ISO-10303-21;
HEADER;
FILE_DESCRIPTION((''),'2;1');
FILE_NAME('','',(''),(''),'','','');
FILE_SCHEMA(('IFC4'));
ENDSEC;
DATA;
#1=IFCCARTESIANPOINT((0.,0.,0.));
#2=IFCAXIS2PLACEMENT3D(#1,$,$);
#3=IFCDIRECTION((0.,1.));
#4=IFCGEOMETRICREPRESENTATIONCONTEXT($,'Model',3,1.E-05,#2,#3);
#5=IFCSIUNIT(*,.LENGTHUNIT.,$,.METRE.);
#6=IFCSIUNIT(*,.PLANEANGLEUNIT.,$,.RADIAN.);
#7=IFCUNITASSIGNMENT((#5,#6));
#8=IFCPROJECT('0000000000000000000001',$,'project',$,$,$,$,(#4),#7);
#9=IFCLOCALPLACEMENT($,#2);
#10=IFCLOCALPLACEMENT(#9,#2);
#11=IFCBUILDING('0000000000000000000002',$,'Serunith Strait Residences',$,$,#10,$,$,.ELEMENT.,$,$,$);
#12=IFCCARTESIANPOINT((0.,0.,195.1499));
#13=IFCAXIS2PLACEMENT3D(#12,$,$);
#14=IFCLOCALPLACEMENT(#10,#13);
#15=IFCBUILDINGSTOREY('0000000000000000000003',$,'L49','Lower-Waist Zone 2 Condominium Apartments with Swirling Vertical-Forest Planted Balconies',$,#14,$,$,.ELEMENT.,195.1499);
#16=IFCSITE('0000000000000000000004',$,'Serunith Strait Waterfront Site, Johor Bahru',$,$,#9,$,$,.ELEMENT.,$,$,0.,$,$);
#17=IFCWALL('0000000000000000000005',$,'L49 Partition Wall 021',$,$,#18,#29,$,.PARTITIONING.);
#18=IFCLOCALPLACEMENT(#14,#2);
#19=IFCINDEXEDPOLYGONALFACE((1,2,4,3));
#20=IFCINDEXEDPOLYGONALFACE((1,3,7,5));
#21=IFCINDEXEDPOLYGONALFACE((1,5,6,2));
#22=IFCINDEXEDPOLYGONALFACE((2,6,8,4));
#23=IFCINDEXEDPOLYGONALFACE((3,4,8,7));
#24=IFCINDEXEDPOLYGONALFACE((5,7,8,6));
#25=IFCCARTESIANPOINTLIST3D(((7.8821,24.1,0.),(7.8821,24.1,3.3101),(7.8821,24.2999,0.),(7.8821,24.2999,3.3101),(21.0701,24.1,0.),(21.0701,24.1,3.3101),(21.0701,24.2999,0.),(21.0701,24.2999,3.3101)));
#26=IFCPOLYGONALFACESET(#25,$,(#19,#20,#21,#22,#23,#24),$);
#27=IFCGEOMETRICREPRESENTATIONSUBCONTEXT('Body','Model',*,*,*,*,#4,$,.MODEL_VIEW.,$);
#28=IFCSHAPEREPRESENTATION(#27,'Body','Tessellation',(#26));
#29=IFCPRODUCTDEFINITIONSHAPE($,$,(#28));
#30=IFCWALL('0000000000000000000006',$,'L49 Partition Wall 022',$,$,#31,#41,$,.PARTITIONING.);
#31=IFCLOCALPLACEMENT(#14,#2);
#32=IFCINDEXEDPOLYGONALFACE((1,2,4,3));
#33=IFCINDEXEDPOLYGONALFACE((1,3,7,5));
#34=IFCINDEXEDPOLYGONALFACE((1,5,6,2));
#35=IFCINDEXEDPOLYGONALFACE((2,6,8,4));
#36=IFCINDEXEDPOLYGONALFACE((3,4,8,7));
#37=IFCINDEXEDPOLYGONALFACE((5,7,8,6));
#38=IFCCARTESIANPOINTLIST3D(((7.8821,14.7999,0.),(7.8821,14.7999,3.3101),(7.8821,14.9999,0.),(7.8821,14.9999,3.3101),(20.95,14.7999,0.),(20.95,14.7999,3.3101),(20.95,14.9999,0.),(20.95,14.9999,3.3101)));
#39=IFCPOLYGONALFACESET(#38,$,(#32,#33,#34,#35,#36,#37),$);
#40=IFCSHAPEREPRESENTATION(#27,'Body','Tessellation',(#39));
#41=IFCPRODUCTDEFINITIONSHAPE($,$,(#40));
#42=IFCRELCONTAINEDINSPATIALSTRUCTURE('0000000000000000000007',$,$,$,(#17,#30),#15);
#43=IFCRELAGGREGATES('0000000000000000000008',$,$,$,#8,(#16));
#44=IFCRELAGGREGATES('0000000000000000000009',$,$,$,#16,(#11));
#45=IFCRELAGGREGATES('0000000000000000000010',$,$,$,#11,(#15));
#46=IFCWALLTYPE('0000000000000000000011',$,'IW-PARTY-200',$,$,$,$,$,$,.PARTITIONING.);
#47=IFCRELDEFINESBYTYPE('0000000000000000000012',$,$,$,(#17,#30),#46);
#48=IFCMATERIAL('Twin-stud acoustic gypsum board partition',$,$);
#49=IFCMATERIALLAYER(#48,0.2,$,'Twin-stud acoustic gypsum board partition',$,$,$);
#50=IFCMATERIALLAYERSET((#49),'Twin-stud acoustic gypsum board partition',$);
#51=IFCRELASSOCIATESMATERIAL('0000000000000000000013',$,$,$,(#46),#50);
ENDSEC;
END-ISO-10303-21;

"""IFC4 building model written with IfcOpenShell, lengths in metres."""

from ifc_helpers import new_model, si_unit, direction, frame, frame_2d, origin, place, context, subcontext, project, spatial, rectangle, extrude, material, layer, layer_set, type_object, element, save


model = new_model("IFC4")

# Units and contexts
model_context = context("Model", 3, precision=1e-05, world=origin(), true_north=direction((0.0, 1.0)))
body_context = subcontext(model_context, "Body", "Model", "MODEL_VIEW")
ifc_project = project(units=[si_unit("LENGTHUNIT", "METRE"), si_unit("PLANEANGLEUNIT", "RADIAN")], contexts=[model_context])

# Site, building, storey
site_placement = place(None, origin())
site = spatial("IfcSite", under=ifc_project, at=site_placement, Name="Serunith Strait Waterfront Site, Johor Bahru", CompositionType="ELEMENT", RefElevation=0.0)
building_placement = place(site_placement, origin())
building = spatial("IfcBuilding", under=site, at=building_placement, Name="Serunith Strait Residences", CompositionType="ELEMENT")
storey_placement = place(building_placement, frame((0.0, 0.0, 195.1499)))
storey = spatial("IfcBuildingStorey", under=building, at=storey_placement, Name="L49", Description="Lower-Waist Zone 2 Condominium Apartments with Swirling Vertical-Forest Planted Balconies", CompositionType="ELEMENT", Elevation=195.1499)

# Walls
ifc_material_1 = material(Name="Twin-stud acoustic gypsum board partition")
ifc_layer_1 = layer(ifc_material_1, 0.2, Name="Twin-stud acoustic gypsum board partition")
ifc_layer_set_1 = layer_set([ifc_layer_1], Name="Twin-stud acoustic gypsum board partition")
wall_type_1 = type_object("IfcWallType", Name="IW-PARTY-200", PredefinedType="PARTITIONING", material=ifc_layer_set_1)
wall_1_placement = place(storey_placement, frame((7.8821, 24.2, 0.0), z_axis=(0.0, 0.0, 1.0), x_axis=(1.0, 0.0, 0.0)))
element("IfcWall", 1, at=wall_1_placement, inside=storey, type_object=wall_type_1, Name="L49 Partition Wall 021", PredefinedType="PARTITIONING", context=body_context, shape_type="SweptSolid", body=[
    extrude(rectangle(XDim=13.188, YDim=0.2, at=frame_2d((6.594, 0.0))), origin(), (0.0, 0.0, 1.0), 3.3101),
])
wall_2_placement = place(storey_placement, frame((7.8821, 14.8999, 0.0), z_axis=(0.0, 0.0, 1.0), x_axis=(1.0, 0.0, 0.0)))
element("IfcWall", 2, at=wall_2_placement, inside=storey, type_object=wall_type_1, Name="L49 Partition Wall 022", PredefinedType="PARTITIONING", context=body_context, shape_type="SweptSolid", body=[
    extrude(rectangle(XDim=13.0679, YDim=0.2, at=frame_2d((6.5339, 0.0))), origin(), (0.0, 0.0, 1.0), 3.3101),
])

save(model, "model.ifc")
